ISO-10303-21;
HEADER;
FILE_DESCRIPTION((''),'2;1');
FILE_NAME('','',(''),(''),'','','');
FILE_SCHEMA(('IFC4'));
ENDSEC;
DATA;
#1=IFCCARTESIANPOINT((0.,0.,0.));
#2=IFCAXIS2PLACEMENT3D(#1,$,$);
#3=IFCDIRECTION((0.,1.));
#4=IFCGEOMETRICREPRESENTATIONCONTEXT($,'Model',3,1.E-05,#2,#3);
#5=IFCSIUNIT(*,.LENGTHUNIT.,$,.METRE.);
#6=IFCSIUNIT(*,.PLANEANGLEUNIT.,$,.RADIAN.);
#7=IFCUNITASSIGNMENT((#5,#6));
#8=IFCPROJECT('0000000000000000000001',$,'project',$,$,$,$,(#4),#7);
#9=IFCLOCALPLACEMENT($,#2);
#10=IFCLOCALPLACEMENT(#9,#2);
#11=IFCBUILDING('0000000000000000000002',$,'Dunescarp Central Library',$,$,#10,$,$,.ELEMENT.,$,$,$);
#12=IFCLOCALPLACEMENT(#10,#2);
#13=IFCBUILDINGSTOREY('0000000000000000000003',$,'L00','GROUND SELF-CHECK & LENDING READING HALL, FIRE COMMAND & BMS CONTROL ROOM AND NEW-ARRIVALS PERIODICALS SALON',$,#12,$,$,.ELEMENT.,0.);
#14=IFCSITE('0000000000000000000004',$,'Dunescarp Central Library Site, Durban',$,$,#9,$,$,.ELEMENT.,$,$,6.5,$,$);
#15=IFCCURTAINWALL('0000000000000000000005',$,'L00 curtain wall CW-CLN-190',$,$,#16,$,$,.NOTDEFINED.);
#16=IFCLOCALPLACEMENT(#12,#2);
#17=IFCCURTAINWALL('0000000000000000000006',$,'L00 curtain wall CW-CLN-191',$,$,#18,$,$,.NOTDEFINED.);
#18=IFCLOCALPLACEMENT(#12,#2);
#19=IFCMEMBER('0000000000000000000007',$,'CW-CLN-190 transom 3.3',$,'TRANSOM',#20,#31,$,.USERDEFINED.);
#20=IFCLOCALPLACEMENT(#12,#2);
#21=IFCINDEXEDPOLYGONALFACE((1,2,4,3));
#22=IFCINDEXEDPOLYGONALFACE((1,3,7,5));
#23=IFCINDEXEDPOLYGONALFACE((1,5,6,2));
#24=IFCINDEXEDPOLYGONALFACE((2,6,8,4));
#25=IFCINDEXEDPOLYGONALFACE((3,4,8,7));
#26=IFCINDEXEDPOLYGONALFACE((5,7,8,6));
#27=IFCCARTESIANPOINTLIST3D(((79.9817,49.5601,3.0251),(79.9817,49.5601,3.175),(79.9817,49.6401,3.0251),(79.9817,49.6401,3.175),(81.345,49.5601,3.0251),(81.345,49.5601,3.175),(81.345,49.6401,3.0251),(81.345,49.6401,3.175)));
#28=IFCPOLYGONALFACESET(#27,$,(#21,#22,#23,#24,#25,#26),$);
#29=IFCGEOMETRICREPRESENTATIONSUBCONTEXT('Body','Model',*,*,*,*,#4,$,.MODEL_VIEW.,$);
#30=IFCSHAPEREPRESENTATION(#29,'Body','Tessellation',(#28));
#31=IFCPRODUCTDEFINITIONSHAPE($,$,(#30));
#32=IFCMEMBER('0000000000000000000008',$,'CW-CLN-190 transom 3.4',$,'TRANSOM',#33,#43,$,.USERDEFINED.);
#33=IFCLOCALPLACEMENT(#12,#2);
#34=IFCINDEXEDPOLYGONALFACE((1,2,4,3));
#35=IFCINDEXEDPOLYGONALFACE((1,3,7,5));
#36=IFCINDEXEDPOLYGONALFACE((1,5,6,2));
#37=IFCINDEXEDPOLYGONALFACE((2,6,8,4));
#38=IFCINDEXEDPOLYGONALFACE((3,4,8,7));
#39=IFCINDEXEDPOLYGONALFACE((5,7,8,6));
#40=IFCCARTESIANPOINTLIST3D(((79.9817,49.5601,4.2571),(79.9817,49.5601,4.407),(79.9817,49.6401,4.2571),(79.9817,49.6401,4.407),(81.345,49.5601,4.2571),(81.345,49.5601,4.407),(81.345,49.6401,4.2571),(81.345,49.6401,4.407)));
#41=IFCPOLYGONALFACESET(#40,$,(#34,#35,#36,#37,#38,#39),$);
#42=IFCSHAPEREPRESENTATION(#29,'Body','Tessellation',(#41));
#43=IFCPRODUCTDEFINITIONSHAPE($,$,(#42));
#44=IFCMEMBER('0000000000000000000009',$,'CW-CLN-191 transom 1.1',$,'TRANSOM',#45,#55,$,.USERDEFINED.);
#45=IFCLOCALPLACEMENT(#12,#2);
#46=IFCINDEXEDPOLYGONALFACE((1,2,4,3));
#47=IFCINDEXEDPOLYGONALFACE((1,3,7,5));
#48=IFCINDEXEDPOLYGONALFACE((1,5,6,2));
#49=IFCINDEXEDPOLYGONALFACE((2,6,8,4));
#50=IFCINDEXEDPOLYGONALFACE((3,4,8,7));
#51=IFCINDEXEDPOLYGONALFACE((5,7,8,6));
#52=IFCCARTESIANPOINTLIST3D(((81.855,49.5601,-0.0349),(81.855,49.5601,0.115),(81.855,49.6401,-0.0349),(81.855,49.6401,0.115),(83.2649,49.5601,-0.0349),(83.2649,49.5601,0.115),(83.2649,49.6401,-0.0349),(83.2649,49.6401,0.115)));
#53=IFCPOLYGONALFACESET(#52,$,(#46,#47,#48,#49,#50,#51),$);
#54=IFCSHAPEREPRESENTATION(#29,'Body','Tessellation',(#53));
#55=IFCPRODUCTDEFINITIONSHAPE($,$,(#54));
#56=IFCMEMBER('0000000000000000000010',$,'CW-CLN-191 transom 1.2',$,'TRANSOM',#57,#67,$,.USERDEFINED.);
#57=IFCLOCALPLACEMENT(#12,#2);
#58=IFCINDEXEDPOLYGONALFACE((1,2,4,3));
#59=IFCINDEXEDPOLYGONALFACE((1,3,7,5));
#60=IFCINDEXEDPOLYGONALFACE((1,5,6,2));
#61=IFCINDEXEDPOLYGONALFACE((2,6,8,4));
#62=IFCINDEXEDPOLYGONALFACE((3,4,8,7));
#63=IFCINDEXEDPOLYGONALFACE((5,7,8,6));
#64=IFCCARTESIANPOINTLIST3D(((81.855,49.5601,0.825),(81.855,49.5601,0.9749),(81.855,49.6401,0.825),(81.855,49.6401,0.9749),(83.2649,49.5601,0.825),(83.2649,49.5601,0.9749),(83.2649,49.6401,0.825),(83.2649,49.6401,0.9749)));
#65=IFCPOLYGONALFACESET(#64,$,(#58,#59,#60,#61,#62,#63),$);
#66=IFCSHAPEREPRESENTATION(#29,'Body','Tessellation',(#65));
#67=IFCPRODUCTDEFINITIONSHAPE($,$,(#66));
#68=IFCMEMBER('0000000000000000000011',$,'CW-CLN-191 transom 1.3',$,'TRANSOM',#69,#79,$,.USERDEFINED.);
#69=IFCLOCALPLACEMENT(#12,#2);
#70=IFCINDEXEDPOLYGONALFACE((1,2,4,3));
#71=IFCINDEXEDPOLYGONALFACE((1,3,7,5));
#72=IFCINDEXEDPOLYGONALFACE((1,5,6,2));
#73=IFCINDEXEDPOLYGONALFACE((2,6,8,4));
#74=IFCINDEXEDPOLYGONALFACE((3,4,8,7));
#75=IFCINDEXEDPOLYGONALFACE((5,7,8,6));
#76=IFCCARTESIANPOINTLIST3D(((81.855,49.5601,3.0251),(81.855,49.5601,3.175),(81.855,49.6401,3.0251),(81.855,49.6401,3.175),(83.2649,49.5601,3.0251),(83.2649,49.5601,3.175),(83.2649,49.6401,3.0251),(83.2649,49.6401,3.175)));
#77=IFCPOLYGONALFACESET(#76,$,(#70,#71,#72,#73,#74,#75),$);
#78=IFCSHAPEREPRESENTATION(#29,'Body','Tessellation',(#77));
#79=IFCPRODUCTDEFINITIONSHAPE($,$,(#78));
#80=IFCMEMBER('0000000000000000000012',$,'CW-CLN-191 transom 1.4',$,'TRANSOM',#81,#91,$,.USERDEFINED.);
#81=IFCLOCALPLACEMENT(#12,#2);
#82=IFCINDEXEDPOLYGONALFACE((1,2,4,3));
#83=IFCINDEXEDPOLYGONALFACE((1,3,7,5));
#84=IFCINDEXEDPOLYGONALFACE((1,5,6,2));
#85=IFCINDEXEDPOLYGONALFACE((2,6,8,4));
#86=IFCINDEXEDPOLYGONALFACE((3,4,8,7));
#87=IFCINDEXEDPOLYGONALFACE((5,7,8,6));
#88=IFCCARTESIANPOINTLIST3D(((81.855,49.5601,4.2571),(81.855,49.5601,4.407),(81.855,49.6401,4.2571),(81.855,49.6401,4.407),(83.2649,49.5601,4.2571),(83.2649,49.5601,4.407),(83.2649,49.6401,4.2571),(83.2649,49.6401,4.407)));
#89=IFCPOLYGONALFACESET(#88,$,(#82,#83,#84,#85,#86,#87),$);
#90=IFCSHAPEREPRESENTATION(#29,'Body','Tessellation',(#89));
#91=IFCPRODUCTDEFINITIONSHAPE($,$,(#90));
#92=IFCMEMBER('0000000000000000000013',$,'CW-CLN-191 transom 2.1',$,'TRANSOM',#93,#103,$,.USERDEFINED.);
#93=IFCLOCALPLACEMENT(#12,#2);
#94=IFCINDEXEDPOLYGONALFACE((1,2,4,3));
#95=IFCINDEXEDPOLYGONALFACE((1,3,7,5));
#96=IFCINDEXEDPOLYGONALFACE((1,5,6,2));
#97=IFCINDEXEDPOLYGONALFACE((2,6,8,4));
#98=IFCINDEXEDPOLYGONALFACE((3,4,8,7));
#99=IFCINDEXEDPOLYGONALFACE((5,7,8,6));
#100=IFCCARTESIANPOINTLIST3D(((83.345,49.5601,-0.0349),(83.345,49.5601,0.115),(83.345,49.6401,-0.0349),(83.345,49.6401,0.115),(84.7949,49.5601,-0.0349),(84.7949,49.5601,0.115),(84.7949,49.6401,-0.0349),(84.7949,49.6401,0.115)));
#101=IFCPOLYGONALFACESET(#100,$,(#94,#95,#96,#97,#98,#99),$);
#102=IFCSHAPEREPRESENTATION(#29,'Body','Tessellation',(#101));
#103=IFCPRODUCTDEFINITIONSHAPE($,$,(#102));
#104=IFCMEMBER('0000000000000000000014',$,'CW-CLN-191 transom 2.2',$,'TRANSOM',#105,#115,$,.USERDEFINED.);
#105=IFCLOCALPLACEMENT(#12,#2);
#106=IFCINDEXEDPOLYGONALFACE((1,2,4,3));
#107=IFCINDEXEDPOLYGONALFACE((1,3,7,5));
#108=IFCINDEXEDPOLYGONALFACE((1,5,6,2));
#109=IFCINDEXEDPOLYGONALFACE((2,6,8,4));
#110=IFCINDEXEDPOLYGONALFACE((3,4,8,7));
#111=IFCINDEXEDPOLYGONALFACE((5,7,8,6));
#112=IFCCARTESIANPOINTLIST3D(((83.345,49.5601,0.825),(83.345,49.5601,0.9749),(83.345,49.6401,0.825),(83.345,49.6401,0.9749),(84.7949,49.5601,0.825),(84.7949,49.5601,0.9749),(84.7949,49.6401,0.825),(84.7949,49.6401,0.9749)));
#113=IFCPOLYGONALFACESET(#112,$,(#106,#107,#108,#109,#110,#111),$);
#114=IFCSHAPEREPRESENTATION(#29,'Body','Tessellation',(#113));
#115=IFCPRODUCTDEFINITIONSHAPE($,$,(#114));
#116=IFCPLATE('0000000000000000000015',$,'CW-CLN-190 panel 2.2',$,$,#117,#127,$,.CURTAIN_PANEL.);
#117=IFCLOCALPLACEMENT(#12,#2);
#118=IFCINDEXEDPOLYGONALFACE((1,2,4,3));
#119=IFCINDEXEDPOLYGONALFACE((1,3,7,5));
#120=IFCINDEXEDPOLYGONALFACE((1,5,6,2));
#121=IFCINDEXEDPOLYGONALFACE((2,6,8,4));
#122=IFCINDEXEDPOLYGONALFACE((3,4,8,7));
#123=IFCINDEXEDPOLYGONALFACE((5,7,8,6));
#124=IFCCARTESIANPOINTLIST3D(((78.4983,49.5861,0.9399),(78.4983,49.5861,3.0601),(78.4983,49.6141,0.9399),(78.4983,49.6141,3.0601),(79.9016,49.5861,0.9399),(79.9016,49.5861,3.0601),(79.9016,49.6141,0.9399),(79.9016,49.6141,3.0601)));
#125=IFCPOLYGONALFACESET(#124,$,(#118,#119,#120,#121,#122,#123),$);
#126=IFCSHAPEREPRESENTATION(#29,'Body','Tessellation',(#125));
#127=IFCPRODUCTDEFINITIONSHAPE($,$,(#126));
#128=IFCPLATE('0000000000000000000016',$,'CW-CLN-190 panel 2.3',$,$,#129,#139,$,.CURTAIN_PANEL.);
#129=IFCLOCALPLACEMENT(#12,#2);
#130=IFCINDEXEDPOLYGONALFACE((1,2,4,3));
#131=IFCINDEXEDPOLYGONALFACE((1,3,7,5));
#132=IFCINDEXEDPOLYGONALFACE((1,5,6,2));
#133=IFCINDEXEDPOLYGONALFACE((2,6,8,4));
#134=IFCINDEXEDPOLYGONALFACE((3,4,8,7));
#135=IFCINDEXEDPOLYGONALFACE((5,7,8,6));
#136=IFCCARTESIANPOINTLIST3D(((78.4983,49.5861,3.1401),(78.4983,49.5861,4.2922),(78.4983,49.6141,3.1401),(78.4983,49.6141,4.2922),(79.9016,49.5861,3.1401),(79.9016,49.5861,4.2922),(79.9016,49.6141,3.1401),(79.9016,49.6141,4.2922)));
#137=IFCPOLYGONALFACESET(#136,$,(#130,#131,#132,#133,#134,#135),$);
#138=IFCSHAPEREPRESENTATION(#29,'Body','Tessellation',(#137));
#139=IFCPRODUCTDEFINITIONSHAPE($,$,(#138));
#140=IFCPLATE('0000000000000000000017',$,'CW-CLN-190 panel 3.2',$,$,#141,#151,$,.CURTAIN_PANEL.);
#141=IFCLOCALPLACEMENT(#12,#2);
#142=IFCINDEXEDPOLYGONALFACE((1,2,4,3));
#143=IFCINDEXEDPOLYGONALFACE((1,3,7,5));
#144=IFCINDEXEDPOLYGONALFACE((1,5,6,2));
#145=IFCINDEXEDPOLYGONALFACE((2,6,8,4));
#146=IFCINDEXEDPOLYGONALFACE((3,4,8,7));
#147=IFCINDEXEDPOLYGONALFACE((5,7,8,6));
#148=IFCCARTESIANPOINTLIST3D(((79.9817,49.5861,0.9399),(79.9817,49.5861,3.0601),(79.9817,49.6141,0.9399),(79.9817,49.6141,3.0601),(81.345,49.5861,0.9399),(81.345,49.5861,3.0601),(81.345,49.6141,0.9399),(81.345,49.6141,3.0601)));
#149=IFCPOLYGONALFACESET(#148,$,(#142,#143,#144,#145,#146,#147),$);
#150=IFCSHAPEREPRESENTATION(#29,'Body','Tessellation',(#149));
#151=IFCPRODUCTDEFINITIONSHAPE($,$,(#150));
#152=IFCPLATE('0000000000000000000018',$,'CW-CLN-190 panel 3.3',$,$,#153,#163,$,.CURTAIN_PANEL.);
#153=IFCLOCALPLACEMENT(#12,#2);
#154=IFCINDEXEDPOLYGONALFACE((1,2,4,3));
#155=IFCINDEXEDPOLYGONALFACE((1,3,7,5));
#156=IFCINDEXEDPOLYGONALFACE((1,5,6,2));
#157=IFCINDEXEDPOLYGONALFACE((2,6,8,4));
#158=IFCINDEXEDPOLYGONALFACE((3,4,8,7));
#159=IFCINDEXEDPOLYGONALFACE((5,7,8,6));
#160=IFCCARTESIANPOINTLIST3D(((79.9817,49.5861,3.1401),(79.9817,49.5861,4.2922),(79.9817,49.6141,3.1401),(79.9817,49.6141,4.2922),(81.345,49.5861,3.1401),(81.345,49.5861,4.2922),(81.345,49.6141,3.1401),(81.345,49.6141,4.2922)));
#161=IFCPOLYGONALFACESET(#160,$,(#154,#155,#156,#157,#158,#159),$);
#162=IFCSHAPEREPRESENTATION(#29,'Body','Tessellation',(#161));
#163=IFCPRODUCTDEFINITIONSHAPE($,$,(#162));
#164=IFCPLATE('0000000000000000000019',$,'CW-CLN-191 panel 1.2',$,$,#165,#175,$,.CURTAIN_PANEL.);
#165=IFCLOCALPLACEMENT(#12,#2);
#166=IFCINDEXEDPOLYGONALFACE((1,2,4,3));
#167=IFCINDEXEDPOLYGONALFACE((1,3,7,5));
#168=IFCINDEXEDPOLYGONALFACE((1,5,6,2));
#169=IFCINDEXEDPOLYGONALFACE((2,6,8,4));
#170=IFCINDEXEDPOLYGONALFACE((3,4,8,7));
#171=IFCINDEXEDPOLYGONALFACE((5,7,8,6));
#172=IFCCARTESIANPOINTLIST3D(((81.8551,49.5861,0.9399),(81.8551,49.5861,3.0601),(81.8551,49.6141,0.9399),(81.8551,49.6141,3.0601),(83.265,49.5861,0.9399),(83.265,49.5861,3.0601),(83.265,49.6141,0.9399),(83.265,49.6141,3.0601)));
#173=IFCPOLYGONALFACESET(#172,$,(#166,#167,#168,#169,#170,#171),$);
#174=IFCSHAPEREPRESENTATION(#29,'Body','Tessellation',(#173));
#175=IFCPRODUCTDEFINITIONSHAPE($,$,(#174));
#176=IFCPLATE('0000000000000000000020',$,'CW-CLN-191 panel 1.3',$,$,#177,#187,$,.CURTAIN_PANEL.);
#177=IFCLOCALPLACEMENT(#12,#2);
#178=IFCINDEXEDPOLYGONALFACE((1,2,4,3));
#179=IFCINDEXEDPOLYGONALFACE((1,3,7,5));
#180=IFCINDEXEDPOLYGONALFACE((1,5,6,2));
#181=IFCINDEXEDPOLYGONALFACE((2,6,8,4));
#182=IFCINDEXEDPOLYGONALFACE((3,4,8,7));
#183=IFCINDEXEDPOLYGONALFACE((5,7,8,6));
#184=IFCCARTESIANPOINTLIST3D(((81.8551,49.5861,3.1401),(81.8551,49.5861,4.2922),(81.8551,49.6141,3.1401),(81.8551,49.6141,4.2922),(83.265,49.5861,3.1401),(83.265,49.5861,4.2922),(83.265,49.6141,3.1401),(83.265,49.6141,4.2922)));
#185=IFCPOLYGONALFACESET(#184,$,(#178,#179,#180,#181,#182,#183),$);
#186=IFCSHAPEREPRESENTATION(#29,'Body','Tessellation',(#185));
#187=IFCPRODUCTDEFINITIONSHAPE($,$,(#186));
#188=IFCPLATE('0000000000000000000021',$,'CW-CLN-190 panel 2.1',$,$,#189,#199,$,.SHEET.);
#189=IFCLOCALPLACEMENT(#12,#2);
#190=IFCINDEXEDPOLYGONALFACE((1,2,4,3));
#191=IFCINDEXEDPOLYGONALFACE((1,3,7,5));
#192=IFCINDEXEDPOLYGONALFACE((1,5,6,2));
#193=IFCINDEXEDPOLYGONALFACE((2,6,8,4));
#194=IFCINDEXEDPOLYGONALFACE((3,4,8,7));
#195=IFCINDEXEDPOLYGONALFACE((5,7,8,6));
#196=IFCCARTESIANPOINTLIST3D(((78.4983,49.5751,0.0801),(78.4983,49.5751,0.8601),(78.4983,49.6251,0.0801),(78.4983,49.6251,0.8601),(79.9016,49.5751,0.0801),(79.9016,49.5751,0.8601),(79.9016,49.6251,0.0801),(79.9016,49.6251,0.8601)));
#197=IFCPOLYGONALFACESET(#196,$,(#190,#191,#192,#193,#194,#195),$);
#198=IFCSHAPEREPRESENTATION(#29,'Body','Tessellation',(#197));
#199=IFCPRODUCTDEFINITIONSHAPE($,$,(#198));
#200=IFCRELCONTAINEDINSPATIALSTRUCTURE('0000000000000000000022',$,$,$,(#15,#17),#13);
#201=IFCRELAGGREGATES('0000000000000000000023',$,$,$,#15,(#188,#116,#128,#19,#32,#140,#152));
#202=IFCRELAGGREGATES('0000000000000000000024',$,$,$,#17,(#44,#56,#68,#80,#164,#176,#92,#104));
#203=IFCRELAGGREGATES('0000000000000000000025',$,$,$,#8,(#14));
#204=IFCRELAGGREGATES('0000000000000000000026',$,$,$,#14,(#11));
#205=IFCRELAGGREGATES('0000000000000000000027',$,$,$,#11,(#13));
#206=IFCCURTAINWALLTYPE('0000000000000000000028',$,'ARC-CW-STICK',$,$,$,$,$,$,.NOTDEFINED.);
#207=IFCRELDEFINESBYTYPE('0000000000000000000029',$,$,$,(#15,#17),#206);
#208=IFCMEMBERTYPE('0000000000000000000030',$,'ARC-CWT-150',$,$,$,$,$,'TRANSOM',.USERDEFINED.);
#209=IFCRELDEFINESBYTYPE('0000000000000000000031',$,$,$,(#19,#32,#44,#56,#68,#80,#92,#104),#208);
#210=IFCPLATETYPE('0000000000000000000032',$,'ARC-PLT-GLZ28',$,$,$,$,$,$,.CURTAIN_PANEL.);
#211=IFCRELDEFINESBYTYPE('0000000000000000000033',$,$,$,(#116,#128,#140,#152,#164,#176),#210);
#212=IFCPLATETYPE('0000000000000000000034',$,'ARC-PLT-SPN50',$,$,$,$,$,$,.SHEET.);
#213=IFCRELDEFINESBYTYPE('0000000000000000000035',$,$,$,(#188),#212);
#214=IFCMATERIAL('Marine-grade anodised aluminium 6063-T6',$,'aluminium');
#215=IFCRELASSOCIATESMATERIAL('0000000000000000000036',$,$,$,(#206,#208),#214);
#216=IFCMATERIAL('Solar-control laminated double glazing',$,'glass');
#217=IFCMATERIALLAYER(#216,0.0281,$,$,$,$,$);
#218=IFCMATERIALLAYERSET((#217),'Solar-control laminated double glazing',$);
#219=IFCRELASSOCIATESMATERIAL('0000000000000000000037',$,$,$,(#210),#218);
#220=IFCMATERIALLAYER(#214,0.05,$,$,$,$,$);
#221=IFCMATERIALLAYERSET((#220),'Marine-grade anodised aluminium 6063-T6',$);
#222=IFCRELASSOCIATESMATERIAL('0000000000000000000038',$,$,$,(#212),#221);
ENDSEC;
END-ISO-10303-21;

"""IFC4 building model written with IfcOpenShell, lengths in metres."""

from ifc_helpers import new_model, si_unit, direction, frame, origin, origin_2d, place, context, subcontext, project, spatial, rectangle, extrude, material, layer, layer_set, material_profile, profile_set, type_object, element, aggregate, save


model = new_model("IFC4")

# Units and contexts
model_context = context("Model", 3, precision=1e-05, world=origin(), true_north=direction((0.0, 1.0)))
body_context = subcontext(model_context, "Body", "Model", "MODEL_VIEW")
ifc_project = project(units=[si_unit("LENGTHUNIT", "METRE"), si_unit("PLANEANGLEUNIT", "RADIAN")], contexts=[model_context])

# Site, building, storey
site_placement = place(None, origin())
site = spatial("IfcSite", under=ifc_project, at=site_placement, Name="Dunescarp Central Library Site, Durban", CompositionType="ELEMENT", RefElevation=6.5)
building_placement = place(site_placement, origin())
building = spatial("IfcBuilding", under=site, at=building_placement, Name="Dunescarp Central Library", CompositionType="ELEMENT")
storey_placement = place(building_placement, origin())
storey = spatial("IfcBuildingStorey", under=building, at=storey_placement, Name="L00", Description="GROUND SELF-CHECK & LENDING READING HALL, FIRE COMMAND & BMS CONTROL ROOM AND NEW-ARRIVALS PERIODICALS SALON", CompositionType="ELEMENT", Elevation=0.0)

# Curtain walls
ifc_material_1 = material(Name="Marine-grade anodised aluminium 6063-T6", Category="aluminium")
curtain_wall_type = type_object("IfcCurtainWallType", Name="ARC-CW-STICK", PredefinedType="NOTDEFINED", material=ifc_material_1)
curtain_wall_1_placement = place(storey_placement, origin())
curtain_wall_1 = element("IfcCurtainWall", 1, at=curtain_wall_1_placement, inside=storey, type_object=curtain_wall_type, Name="L00 curtain wall CW-CLN-190", PredefinedType="NOTDEFINED")
curtain_wall_2_placement = place(storey_placement, origin())
curtain_wall_2 = element("IfcCurtainWall", 2, at=curtain_wall_2_placement, inside=storey, type_object=curtain_wall_type, Name="L00 curtain wall CW-CLN-191", PredefinedType="NOTDEFINED")

# Members
ifc_material_profile_1 = material_profile(ifc_material_1, rectangle(XDim=0.0801, YDim=0.1499, at=origin_2d()), Name="AL 80x150")
ifc_profile_set_1 = profile_set([ifc_material_profile_1], Name="Marine-grade anodised aluminium 6063-T6")
member_type_1 = type_object("IfcMemberType", Name="ARC-CWT-150", ElementType="TRANSOM", PredefinedType="USERDEFINED", material=ifc_profile_set_1)
member_1_placement = place(storey_placement, frame((79.9817, 49.6001, 3.1001), z_axis=(1.0, 0.0, 0.0), x_axis=(0.0, 1.0, 0.0)))
member_1 = element("IfcMember", 3, at=member_1_placement, type_object=member_type_1, Name="CW-CLN-190 transom 3.3", ObjectType="TRANSOM", PredefinedType="USERDEFINED", context=body_context, shape_type="SweptSolid", body=[
    extrude(rectangle(XDim=0.0801, YDim=0.1499, at=origin_2d()), origin(), (0.0, 0.0, 1.0), 1.3633),
])
member_2_placement = place(storey_placement, frame((79.9817, 49.6001, 4.332), z_axis=(1.0, 0.0, 0.0), x_axis=(0.0, 1.0, 0.0)))
member_2 = element("IfcMember", 4, at=member_2_placement, type_object=member_type_1, Name="CW-CLN-190 transom 3.4", ObjectType="TRANSOM", PredefinedType="USERDEFINED", context=body_context, shape_type="SweptSolid", body=[
    extrude(rectangle(XDim=0.0801, YDim=0.1499, at=origin_2d()), origin(), (0.0, 0.0, 1.0), 1.3633),
])
member_3_placement = place(storey_placement, frame((81.855, 49.6001, 0.04), z_axis=(1.0, 0.0, 0.0), x_axis=(0.0, 1.0, 0.0)))
member_3 = element("IfcMember", 5, at=member_3_placement, type_object=member_type_1, Name="CW-CLN-191 transom 1.1", ObjectType="TRANSOM", PredefinedType="USERDEFINED", context=body_context, shape_type="SweptSolid", body=[
    extrude(rectangle(XDim=0.0801, YDim=0.1499, at=origin_2d()), origin(), (0.0, 0.0, 1.0), 1.4099),
])
member_4_placement = place(storey_placement, frame((81.855, 49.6001, 0.8999), z_axis=(1.0, 0.0, 0.0), x_axis=(0.0, 1.0, 0.0)))
member_4 = element("IfcMember", 6, at=member_4_placement, type_object=member_type_1, Name="CW-CLN-191 transom 1.2", ObjectType="TRANSOM", PredefinedType="USERDEFINED", context=body_context, shape_type="SweptSolid", body=[
    extrude(rectangle(XDim=0.0801, YDim=0.1499, at=origin_2d()), origin(), (0.0, 0.0, 1.0), 1.4099),
])
member_5_placement = place(storey_placement, frame((81.855, 49.6001, 3.1001), z_axis=(1.0, 0.0, 0.0), x_axis=(0.0, 1.0, 0.0)))
member_5 = element("IfcMember", 7, at=member_5_placement, type_object=member_type_1, Name="CW-CLN-191 transom 1.3", ObjectType="TRANSOM", PredefinedType="USERDEFINED", context=body_context, shape_type="SweptSolid", body=[
    extrude(rectangle(XDim=0.0801, YDim=0.1499, at=origin_2d()), origin(), (0.0, 0.0, 1.0), 1.4099),
])
member_6_placement = place(storey_placement, frame((81.855, 49.6001, 4.332), z_axis=(1.0, 0.0, 0.0), x_axis=(0.0, 1.0, 0.0)))
member_6 = element("IfcMember", 8, at=member_6_placement, type_object=member_type_1, Name="CW-CLN-191 transom 1.4", ObjectType="TRANSOM", PredefinedType="USERDEFINED", context=body_context, shape_type="SweptSolid", body=[
    extrude(rectangle(XDim=0.0801, YDim=0.1499, at=origin_2d()), origin(), (0.0, 0.0, 1.0), 1.4099),
])
member_7_placement = place(storey_placement, frame((83.345, 49.6001, 0.04), z_axis=(1.0, 0.0, 0.0), x_axis=(0.0, 1.0, 0.0)))
member_7 = element("IfcMember", 9, at=member_7_placement, type_object=member_type_1, Name="CW-CLN-191 transom 2.1", ObjectType="TRANSOM", PredefinedType="USERDEFINED", context=body_context, shape_type="SweptSolid", body=[
    extrude(rectangle(XDim=0.0801, YDim=0.1499, at=origin_2d()), origin(), (0.0, 0.0, 1.0), 1.45),
])
member_8_placement = place(storey_placement, frame((83.345, 49.6001, 0.8999), z_axis=(1.0, 0.0, 0.0), x_axis=(0.0, 1.0, 0.0)))
member_8 = element("IfcMember", 10, at=member_8_placement, type_object=member_type_1, Name="CW-CLN-191 transom 2.2", ObjectType="TRANSOM", PredefinedType="USERDEFINED", context=body_context, shape_type="SweptSolid", body=[
    extrude(rectangle(XDim=0.0801, YDim=0.1499, at=origin_2d()), origin(), (0.0, 0.0, 1.0), 1.45),
])

# Plates
ifc_material_2 = material(Name="Solar-control laminated double glazing", Category="glass")
ifc_layer_1 = layer(ifc_material_2, 0.0281)
ifc_layer_set_1 = layer_set([ifc_layer_1], Name="Solar-control laminated double glazing")
plate_type_1 = type_object("IfcPlateType", Name="ARC-PLT-GLZ28", PredefinedType="CURTAIN_PANEL", material=ifc_layer_set_1)
plate_1_placement = place(storey_placement, frame((79.2, 49.6001, 0.9399), z_axis=(0.0, 0.0, 1.0), x_axis=(1.0, 0.0, 0.0)))
plate_1 = element("IfcPlate", 11, at=plate_1_placement, type_object=plate_type_1, Name="CW-CLN-190 panel 2.2", PredefinedType="CURTAIN_PANEL", context=body_context, shape_type="SweptSolid", body=[
    extrude(rectangle(XDim=1.4033, YDim=0.0281, at=origin_2d()), origin(), (0.0, 0.0, 1.0), 2.1201),
])
plate_2_placement = place(storey_placement, frame((79.2, 49.6001, 3.1401), z_axis=(0.0, 0.0, 1.0), x_axis=(1.0, 0.0, 0.0)))
plate_2 = element("IfcPlate", 12, at=plate_2_placement, type_object=plate_type_1, Name="CW-CLN-190 panel 2.3", PredefinedType="CURTAIN_PANEL", context=body_context, shape_type="SweptSolid", body=[
    extrude(rectangle(XDim=1.4033, YDim=0.0281, at=origin_2d()), origin(), (0.0, 0.0, 1.0), 1.1521),
])
plate_3_placement = place(storey_placement, frame((80.6633, 49.6001, 0.9399), z_axis=(0.0, 0.0, 1.0), x_axis=(1.0, 0.0, 0.0)))
plate_3 = element("IfcPlate", 13, at=plate_3_placement, type_object=plate_type_1, Name="CW-CLN-190 panel 3.2", PredefinedType="CURTAIN_PANEL", context=body_context, shape_type="SweptSolid", body=[
    extrude(rectangle(XDim=1.3633, YDim=0.0281, at=origin_2d()), origin(), (0.0, 0.0, 1.0), 2.1201),
])
plate_4_placement = place(storey_placement, frame((80.6633, 49.6001, 3.1401), z_axis=(0.0, 0.0, 1.0), x_axis=(1.0, 0.0, 0.0)))
plate_4 = element("IfcPlate", 14, at=plate_4_placement, type_object=plate_type_1, Name="CW-CLN-190 panel 3.3", PredefinedType="CURTAIN_PANEL", context=body_context, shape_type="SweptSolid", body=[
    extrude(rectangle(XDim=1.3633, YDim=0.0281, at=origin_2d()), origin(), (0.0, 0.0, 1.0), 1.1521),
])
plate_5_placement = place(storey_placement, frame((82.5601, 49.6001, 0.9399), z_axis=(0.0, 0.0, 1.0), x_axis=(1.0, 0.0, 0.0)))
plate_5 = element("IfcPlate", 15, at=plate_5_placement, type_object=plate_type_1, Name="CW-CLN-191 panel 1.2", PredefinedType="CURTAIN_PANEL", context=body_context, shape_type="SweptSolid", body=[
    extrude(rectangle(XDim=1.4099, YDim=0.0281, at=origin_2d()), origin(), (0.0, 0.0, 1.0), 2.1201),
])
plate_6_placement = place(storey_placement, frame((82.5601, 49.6001, 3.1401), z_axis=(0.0, 0.0, 1.0), x_axis=(1.0, 0.0, 0.0)))
plate_6 = element("IfcPlate", 16, at=plate_6_placement, type_object=plate_type_1, Name="CW-CLN-191 panel 1.3", PredefinedType="CURTAIN_PANEL", context=body_context, shape_type="SweptSolid", body=[
    extrude(rectangle(XDim=1.4099, YDim=0.0281, at=origin_2d()), origin(), (0.0, 0.0, 1.0), 1.1521),
])
ifc_layer_2 = layer(ifc_material_1, 0.05)
ifc_layer_set_2 = layer_set([ifc_layer_2], Name="Marine-grade anodised aluminium 6063-T6")
plate_type_2 = type_object("IfcPlateType", Name="ARC-PLT-SPN50", PredefinedType="SHEET", material=ifc_layer_set_2)
plate_7_placement = place(storey_placement, frame((79.2, 49.6001, 0.0801), z_axis=(0.0, 0.0, 1.0), x_axis=(1.0, 0.0, 0.0)))
plate_7 = element("IfcPlate", 17, at=plate_7_placement, type_object=plate_type_2, Name="CW-CLN-190 panel 2.1", PredefinedType="SHEET", context=body_context, shape_type="SweptSolid", body=[
    extrude(rectangle(XDim=1.4033, YDim=0.05, at=origin_2d()), origin(), (0.0, 0.0, 1.0), 0.78),
])
aggregate(curtain_wall_1, [plate_7, plate_1, plate_2, member_1, member_2, plate_3, plate_4])
aggregate(curtain_wall_2, [member_3, member_4, member_5, member_6, plate_5, plate_6, member_7, member_8])

save(model, "model.ifc")
